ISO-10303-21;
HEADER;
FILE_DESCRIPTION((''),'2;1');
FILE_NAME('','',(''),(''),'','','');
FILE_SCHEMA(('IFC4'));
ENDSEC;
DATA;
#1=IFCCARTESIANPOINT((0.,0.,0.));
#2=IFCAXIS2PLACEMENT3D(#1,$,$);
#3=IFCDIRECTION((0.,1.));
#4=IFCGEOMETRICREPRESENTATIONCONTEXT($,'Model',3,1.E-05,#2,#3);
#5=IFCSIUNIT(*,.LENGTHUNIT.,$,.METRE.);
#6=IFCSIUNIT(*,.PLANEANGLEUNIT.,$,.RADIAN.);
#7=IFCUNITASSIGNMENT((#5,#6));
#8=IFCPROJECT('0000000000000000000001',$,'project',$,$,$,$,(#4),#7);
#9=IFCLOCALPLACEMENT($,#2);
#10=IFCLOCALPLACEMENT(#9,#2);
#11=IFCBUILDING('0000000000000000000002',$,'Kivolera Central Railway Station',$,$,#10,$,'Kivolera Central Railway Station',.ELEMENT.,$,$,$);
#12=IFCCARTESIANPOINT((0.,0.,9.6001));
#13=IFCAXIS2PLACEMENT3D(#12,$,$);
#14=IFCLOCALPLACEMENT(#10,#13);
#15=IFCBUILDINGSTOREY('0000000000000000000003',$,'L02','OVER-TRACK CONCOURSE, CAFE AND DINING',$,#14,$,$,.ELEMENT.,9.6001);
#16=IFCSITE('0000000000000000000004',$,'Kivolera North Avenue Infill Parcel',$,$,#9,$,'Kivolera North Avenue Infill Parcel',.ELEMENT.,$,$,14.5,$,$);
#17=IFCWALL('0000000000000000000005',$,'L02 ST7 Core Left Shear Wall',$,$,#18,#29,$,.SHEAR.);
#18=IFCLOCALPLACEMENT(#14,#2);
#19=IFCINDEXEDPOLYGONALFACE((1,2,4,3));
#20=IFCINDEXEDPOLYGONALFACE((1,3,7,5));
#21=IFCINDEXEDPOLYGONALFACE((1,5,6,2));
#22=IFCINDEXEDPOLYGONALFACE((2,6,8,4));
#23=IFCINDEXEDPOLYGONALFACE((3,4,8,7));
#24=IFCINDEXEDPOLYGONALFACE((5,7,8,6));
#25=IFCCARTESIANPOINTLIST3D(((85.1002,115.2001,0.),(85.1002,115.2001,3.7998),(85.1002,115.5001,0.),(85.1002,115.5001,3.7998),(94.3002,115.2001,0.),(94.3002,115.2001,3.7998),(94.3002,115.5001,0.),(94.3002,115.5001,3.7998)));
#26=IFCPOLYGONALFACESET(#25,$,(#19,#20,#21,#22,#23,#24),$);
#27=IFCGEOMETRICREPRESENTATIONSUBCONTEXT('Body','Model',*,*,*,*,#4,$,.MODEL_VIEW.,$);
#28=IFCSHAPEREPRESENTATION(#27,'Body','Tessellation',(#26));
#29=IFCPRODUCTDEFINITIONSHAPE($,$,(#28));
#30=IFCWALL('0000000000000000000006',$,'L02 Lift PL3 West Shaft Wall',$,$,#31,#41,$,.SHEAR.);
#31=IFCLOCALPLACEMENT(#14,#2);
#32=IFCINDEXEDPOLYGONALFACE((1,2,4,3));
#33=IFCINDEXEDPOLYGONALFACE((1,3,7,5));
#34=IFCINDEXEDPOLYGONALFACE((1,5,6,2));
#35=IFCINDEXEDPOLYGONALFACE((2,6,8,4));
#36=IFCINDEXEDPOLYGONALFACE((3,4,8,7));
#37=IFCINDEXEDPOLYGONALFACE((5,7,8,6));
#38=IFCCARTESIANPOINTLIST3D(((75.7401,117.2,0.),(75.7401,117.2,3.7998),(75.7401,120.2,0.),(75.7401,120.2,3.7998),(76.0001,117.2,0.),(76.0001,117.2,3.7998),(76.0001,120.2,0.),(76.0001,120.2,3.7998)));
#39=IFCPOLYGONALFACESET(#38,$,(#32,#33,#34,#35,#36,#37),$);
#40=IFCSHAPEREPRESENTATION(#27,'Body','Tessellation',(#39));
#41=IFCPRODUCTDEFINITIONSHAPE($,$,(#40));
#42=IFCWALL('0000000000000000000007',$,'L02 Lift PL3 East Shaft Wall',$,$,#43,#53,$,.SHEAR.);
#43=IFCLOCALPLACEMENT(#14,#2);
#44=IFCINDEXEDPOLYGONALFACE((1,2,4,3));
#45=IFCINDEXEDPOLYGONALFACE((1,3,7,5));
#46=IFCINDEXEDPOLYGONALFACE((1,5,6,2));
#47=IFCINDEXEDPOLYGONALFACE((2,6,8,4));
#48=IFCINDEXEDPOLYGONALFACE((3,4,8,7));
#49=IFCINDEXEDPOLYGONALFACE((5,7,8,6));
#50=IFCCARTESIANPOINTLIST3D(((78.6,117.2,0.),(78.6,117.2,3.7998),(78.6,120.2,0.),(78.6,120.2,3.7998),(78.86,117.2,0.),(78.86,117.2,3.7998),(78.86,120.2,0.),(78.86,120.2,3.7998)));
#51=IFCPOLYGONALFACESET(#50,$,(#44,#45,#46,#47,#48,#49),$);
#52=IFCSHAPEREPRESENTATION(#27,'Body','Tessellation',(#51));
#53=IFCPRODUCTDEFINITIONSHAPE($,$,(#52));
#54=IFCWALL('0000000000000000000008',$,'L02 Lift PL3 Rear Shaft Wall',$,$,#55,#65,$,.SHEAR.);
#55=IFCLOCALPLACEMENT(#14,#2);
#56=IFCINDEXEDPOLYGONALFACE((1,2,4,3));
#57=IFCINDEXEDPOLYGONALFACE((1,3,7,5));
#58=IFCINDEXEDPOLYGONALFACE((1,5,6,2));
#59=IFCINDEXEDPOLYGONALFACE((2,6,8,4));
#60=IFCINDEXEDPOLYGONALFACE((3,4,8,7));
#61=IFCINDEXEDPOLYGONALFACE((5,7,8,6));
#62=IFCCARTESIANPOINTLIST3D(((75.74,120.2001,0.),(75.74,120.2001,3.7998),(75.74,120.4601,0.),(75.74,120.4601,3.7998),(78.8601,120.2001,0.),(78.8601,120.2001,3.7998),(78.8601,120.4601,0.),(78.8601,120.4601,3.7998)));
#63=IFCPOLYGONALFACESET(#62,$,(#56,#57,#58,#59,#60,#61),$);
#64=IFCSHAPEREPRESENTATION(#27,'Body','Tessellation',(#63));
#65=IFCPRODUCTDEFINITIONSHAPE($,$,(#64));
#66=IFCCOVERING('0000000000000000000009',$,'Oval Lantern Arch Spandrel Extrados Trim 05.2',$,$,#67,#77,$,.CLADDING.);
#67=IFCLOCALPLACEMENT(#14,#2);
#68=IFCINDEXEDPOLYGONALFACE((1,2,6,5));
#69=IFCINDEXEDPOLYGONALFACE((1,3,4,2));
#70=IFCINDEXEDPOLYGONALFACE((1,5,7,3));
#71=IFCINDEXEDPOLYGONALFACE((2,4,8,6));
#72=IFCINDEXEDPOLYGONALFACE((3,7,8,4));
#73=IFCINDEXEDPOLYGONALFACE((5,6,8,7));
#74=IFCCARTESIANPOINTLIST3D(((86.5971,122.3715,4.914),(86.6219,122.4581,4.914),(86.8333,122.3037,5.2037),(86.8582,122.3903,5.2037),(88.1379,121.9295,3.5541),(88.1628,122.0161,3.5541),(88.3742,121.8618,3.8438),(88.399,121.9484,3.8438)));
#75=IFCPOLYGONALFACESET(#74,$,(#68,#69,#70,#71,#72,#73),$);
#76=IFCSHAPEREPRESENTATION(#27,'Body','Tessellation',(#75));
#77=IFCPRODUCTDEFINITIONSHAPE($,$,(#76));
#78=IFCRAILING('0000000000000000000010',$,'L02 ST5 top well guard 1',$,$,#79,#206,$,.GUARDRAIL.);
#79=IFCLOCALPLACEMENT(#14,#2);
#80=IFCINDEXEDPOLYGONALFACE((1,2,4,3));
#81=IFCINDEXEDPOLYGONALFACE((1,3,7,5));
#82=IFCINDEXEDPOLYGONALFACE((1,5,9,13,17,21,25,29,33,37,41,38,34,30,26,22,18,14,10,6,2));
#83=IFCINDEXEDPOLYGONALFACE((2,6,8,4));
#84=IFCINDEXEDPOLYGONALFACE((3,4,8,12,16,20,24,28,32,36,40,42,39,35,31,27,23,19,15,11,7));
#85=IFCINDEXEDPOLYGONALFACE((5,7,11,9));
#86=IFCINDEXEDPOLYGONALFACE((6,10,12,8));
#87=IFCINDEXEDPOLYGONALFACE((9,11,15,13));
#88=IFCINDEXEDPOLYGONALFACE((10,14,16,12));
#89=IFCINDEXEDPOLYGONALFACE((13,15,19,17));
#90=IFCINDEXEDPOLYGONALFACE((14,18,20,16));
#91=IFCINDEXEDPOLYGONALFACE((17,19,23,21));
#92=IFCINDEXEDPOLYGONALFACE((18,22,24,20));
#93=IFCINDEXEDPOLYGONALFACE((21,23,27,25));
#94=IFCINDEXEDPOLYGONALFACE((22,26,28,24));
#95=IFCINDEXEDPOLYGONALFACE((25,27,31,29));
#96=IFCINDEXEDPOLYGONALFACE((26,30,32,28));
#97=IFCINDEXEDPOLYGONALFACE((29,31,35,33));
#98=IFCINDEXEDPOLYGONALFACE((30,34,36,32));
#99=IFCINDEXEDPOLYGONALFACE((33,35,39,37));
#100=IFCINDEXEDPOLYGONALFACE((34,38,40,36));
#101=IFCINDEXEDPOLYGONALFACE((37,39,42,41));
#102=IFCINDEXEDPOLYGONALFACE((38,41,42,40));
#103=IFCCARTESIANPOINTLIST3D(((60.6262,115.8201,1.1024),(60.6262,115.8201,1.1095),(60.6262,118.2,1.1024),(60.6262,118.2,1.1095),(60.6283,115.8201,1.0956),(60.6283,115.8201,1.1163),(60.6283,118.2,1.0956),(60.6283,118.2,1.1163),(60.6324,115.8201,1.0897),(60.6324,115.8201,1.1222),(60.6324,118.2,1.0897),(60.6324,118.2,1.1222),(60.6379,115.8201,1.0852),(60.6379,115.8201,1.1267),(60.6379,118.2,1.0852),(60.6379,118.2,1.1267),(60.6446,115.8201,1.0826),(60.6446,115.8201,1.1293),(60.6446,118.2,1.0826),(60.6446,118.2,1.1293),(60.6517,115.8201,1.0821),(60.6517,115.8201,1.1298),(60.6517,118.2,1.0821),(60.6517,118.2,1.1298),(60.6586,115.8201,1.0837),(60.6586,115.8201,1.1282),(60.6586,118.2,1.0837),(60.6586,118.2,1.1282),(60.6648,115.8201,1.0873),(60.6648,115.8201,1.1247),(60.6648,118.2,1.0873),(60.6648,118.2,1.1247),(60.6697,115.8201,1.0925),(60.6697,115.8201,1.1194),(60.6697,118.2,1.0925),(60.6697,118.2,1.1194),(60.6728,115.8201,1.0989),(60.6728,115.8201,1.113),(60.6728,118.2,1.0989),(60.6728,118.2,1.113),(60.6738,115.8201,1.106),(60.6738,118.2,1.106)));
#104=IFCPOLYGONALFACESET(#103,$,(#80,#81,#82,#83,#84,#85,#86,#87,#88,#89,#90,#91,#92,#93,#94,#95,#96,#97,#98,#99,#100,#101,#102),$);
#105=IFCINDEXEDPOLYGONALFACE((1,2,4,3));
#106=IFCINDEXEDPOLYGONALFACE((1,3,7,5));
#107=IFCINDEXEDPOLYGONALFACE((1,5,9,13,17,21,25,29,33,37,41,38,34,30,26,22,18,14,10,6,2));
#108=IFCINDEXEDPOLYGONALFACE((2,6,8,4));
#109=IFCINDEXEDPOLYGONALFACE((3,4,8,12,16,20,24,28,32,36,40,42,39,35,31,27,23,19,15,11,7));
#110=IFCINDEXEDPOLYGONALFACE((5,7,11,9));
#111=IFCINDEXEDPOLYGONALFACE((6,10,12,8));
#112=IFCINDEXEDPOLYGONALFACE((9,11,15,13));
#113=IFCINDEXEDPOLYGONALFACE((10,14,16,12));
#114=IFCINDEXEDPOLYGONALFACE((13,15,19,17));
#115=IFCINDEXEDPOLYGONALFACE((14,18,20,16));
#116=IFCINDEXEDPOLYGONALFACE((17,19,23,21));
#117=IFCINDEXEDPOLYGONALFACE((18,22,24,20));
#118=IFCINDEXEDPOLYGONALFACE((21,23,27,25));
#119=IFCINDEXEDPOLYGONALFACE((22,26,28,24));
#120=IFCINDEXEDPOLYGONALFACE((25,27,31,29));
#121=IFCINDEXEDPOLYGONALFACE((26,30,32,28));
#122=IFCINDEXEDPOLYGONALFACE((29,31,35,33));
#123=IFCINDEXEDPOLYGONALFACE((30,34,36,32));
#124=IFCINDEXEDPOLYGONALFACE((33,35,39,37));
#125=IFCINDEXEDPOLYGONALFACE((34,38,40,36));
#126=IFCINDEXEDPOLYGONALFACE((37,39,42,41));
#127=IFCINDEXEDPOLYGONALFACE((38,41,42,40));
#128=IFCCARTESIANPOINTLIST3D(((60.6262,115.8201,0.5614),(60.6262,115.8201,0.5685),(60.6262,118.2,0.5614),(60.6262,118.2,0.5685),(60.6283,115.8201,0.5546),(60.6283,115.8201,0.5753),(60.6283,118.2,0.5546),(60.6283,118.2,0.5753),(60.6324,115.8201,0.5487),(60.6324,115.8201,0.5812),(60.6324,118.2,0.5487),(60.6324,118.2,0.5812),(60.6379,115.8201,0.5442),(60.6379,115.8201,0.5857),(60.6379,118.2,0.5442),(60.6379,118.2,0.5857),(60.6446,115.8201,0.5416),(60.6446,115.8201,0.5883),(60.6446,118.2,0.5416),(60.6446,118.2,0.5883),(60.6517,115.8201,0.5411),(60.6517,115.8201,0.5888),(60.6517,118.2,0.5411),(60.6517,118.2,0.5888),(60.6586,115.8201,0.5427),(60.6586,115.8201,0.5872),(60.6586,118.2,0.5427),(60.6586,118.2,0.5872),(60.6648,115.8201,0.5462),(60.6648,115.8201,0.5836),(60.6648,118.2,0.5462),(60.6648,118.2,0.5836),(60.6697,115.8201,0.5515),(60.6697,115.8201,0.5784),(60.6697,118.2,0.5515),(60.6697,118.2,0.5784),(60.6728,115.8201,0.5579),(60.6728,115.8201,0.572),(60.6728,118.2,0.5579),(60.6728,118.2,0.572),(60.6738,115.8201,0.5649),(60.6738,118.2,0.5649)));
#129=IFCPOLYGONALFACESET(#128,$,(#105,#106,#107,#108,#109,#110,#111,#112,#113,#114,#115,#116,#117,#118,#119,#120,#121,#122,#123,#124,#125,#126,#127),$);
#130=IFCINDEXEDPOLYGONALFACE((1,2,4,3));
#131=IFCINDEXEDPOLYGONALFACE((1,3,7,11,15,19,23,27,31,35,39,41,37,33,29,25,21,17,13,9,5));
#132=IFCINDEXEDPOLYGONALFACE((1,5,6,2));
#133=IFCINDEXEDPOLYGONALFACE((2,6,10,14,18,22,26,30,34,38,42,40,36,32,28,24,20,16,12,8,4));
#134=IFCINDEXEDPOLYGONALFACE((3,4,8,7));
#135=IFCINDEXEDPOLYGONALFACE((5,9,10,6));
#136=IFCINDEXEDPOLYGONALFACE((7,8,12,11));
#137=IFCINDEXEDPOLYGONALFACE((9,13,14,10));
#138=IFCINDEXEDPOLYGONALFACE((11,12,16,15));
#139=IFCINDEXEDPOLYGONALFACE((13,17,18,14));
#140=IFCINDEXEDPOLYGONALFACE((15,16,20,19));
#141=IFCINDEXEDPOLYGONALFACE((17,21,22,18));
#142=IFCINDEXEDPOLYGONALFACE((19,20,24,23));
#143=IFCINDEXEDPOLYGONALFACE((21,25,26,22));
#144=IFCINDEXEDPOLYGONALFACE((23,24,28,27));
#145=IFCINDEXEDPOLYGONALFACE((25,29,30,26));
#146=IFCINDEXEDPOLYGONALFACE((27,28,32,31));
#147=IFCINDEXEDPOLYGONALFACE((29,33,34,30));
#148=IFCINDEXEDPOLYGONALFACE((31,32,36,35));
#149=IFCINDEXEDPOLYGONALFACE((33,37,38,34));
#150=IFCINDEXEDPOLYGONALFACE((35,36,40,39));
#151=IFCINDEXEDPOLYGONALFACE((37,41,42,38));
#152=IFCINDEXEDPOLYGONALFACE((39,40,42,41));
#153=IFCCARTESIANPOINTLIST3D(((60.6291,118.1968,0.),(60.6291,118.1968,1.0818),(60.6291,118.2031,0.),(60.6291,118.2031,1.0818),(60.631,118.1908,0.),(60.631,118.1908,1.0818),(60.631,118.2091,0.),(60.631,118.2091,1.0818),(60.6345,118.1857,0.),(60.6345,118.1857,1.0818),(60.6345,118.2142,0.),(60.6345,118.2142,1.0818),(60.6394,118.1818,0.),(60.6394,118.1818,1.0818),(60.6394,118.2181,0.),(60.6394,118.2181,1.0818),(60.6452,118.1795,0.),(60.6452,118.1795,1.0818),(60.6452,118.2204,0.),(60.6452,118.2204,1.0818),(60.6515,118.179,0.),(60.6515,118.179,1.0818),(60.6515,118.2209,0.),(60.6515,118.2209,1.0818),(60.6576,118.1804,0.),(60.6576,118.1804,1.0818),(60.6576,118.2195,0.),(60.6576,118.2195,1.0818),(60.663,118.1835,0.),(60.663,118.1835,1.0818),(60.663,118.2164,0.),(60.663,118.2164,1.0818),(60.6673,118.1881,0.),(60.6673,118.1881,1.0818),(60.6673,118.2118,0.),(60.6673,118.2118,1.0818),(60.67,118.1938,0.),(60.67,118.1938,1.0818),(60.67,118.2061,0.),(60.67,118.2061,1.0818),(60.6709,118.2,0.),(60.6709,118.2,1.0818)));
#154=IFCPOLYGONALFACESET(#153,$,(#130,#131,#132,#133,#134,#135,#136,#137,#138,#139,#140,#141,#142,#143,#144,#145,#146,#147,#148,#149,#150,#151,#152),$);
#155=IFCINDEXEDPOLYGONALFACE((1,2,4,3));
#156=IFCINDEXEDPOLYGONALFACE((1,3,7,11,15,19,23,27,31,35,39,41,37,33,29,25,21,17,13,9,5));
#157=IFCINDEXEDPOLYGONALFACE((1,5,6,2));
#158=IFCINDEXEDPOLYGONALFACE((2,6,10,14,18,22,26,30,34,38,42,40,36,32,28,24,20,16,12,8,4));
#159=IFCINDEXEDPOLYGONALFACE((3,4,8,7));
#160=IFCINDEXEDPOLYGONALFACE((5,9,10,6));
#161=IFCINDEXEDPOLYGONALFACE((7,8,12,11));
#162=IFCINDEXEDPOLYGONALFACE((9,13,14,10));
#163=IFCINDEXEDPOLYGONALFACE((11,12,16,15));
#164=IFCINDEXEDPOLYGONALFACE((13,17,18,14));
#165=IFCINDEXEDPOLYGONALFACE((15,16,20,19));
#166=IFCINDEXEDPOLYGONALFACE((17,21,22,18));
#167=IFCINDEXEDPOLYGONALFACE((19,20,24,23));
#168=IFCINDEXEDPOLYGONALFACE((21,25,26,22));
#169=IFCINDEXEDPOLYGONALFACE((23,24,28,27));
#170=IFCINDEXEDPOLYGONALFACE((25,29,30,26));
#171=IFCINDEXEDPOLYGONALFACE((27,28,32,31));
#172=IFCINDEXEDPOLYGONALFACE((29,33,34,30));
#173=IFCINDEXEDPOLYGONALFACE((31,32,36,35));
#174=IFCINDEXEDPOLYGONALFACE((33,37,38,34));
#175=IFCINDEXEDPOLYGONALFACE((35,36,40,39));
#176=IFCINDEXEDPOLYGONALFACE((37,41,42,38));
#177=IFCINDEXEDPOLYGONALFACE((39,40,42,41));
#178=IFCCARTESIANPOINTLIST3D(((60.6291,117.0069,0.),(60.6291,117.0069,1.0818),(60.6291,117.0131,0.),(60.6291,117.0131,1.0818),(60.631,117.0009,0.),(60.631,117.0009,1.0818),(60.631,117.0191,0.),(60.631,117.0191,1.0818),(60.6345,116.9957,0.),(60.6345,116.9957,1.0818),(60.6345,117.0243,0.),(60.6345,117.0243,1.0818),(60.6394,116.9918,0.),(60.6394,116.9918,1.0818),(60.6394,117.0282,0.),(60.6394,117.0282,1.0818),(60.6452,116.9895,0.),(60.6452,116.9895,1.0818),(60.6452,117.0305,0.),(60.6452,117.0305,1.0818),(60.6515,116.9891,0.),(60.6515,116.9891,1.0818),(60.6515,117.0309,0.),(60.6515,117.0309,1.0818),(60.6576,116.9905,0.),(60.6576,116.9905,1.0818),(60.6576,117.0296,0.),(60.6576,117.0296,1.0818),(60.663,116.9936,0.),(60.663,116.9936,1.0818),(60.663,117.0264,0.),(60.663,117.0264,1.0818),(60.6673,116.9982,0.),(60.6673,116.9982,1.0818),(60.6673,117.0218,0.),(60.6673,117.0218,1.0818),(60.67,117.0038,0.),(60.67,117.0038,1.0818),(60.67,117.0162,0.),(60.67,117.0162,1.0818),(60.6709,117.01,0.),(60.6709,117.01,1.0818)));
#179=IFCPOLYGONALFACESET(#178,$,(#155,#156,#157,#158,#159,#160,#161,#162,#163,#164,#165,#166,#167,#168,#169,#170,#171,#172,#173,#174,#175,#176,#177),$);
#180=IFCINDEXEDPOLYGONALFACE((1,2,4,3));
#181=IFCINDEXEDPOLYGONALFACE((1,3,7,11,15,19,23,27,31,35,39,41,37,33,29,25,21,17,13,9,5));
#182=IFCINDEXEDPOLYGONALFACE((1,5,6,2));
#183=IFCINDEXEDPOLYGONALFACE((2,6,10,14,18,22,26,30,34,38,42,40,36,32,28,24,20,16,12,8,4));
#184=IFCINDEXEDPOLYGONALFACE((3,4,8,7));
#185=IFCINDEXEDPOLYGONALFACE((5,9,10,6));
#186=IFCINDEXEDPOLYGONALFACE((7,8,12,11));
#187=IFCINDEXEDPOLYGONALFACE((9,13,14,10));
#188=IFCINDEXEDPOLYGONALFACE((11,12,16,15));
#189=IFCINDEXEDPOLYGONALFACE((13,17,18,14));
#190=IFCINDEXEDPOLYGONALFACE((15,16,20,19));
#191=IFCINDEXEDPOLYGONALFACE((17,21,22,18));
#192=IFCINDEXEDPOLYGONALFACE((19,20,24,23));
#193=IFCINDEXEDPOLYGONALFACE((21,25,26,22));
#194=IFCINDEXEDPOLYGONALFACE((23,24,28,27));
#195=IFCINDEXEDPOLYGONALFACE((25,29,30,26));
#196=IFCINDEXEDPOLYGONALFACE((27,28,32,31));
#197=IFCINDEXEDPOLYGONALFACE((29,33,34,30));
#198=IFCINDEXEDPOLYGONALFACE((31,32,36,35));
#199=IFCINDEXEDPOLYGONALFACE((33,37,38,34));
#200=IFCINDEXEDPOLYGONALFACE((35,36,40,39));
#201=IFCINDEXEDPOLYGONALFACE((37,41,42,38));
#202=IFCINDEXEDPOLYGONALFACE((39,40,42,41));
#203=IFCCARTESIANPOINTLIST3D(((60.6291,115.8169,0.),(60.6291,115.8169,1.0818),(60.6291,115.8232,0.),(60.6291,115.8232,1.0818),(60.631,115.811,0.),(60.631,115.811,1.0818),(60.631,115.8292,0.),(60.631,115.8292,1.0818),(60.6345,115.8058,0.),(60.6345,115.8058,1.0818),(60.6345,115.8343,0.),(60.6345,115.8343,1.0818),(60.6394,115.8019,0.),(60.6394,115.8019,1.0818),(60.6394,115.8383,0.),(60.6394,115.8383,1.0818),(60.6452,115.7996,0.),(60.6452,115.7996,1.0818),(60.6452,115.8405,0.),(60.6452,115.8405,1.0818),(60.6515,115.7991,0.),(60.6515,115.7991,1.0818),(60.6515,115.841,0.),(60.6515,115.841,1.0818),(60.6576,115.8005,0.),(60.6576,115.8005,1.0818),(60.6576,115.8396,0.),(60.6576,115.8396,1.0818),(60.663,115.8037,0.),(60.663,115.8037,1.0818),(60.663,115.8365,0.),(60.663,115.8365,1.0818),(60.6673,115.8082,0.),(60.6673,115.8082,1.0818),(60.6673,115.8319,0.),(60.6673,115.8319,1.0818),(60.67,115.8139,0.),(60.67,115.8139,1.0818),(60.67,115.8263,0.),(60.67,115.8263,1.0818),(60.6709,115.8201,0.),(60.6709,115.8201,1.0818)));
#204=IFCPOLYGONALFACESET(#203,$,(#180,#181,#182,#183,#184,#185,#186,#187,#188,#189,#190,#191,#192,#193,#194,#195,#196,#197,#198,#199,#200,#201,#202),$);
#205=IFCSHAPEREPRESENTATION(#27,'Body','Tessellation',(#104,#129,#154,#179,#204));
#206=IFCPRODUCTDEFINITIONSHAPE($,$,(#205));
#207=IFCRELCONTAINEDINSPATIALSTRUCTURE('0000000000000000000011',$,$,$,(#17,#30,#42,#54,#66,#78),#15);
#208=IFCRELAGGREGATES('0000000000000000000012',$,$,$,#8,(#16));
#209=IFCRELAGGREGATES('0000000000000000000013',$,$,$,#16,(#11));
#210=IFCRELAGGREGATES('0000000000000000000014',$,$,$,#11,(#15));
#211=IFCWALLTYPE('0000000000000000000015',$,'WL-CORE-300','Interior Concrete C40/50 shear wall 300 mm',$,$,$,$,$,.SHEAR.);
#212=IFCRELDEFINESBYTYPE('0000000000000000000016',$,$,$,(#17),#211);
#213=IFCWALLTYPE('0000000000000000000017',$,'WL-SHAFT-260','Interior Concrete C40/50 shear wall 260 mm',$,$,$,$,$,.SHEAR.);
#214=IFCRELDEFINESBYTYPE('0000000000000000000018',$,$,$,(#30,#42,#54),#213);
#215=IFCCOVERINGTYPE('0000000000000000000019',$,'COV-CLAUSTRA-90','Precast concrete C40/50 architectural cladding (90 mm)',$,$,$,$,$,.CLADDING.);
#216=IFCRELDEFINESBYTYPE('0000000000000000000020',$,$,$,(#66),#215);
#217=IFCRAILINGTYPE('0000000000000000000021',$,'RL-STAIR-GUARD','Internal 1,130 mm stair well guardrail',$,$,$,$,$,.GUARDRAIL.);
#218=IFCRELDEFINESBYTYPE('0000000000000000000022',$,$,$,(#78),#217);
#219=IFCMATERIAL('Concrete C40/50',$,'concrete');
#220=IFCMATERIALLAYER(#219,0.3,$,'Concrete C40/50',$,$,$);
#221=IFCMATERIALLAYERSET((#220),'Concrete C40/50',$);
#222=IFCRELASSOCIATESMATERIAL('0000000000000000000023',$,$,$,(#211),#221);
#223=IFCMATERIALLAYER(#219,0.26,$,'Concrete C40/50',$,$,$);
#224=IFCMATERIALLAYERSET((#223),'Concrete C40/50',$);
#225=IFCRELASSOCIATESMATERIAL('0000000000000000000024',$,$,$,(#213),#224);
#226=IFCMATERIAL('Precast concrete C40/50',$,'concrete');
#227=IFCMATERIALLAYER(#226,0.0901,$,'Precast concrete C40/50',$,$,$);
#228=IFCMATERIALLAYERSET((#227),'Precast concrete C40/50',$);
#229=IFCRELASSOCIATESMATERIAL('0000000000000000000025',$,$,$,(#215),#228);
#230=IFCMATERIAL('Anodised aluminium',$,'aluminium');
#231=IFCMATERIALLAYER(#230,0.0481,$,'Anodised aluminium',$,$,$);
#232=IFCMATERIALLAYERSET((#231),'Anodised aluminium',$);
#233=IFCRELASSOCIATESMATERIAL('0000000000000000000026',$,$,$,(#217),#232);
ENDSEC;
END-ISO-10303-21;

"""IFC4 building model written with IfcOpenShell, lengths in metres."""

from ifc_helpers import new_model, si_unit, direction, frame, frame_2d, origin, origin_2d, place, context, subcontext, project, spatial, rectangle, circle, extrude, material, layer, layer_set, type_object, element, save


model = new_model("IFC4")

# Units and contexts
model_context = context("Model", 3, precision=1e-05, world=origin(), true_north=direction((0.0, 1.0)))
body_context = subcontext(model_context, "Body", "Model", "MODEL_VIEW")
ifc_project = project(units=[si_unit("LENGTHUNIT", "METRE"), si_unit("PLANEANGLEUNIT", "RADIAN")], contexts=[model_context])

# Site, building, storey
site_placement = place(None, origin())
site = spatial("IfcSite", under=ifc_project, at=site_placement, Name="Kivolera North Avenue Infill Parcel", LongName="Kivolera North Avenue Infill Parcel", CompositionType="ELEMENT", RefElevation=14.5)
building_placement = place(site_placement, origin())
building = spatial("IfcBuilding", under=site, at=building_placement, Name="Kivolera Central Railway Station", LongName="Kivolera Central Railway Station", CompositionType="ELEMENT")
storey_placement = place(building_placement, frame((0.0, 0.0, 9.6001)))
storey = spatial("IfcBuildingStorey", under=building, at=storey_placement, Name="L02", Description="OVER-TRACK CONCOURSE, CAFE AND DINING", CompositionType="ELEMENT", Elevation=9.6001)

# Shared definitions
ifc_material_1 = material(Name="Anodised aluminium", Category="aluminium")

# Shared definitions
ifc_material_2 = material(Name="Concrete C40/50", Category="concrete")
ifc_layer_1 = layer(ifc_material_2, 0.3, Name="Concrete C40/50")
ifc_layer_set_1 = layer_set([ifc_layer_1], Name="Concrete C40/50")
wall_type_1 = type_object("IfcWallType", Name="WL-CORE-300", Description="Interior Concrete C40/50 shear wall 300 mm", PredefinedType="SHEAR", material=ifc_layer_set_1)

# Wall
wall_1_placement = place(storey_placement, frame((85.1001, 115.3501, 0.0), z_axis=(0.0, 0.0, 1.0), x_axis=(1.0, 0.0, 0.0)))
element("IfcWall", 1, at=wall_1_placement, inside=storey, type_object=wall_type_1, Name="L02 ST7 Core Left Shear Wall", PredefinedType="SHEAR", context=body_context, shape_type="SweptSolid", body=[
    extrude(rectangle(XDim=9.2, YDim=0.3, at=frame_2d((4.6001, 0.0))), origin(), (0.0, 0.0, 1.0), 3.7998),
])

# Shared definitions
ifc_layer_2 = layer(ifc_material_2, 0.26, Name="Concrete C40/50")
ifc_layer_set_2 = layer_set([ifc_layer_2], Name="Concrete C40/50")
wall_type_2 = type_object("IfcWallType", Name="WL-SHAFT-260", Description="Interior Concrete C40/50 shear wall 260 mm", PredefinedType="SHEAR", material=ifc_layer_set_2)

# Walls
for number, where, z_axis, x_axis, name in (
    (2, (75.8701, 117.2, 0.0), (0.0, 0.0, 1.0), (0.0, 1.0, 0.0), "L02 Lift PL3 West Shaft Wall"),
    (3, (78.73, 117.2, 0.0), (0.0, 0.0, 1.0), (0.0, 1.0, 0.0), "L02 Lift PL3 East Shaft Wall"),
):
    element("IfcWall", number, at=place(storey_placement, frame(where, z_axis=z_axis, x_axis=x_axis)), inside=storey, type_object=wall_type_2, Name=name, PredefinedType="SHEAR", context=body_context, shape_type="SweptSolid", body=[
        extrude(rectangle(XDim=3.0, YDim=0.26, at=frame_2d((1.5, 0.0))), origin(), (0.0, 0.0, 1.0), 3.7998),
    ])
wall_2_placement = place(storey_placement, frame((75.74, 120.3301, 0.0), z_axis=(0.0, 0.0, 1.0), x_axis=(1.0, 0.0, 0.0)))
element("IfcWall", 4, at=wall_2_placement, inside=storey, type_object=wall_type_2, Name="L02 Lift PL3 Rear Shaft Wall", PredefinedType="SHEAR", context=body_context, shape_type="SweptSolid", body=[
    extrude(rectangle(XDim=3.1201, YDim=0.26, at=frame_2d((1.5601, 0.0))), origin(), (0.0, 0.0, 1.0), 3.7998),
])

# Covering
ifc_material_3 = material(Name="Precast concrete C40/50", Category="concrete")
ifc_layer_3 = layer(ifc_material_3, 0.0901, Name="Precast concrete C40/50")
ifc_layer_set_3 = layer_set([ifc_layer_3], Name="Precast concrete C40/50")
covering_type = type_object("IfcCoveringType", Name="COV-CLAUSTRA-90", Description="Precast concrete C40/50 architectural cladding (90 mm)", PredefinedType="CLADDING", material=ifc_layer_set_3)
covering_placement = place(storey_placement, frame((87.498, 122.1599, 4.3789), z_axis=(-0.733008, 0.210246, 0.646912), x_axis=(0.275632, 0.961263, 0.0)))
element("IfcCovering", 5, at=covering_placement, inside=storey, type_object=covering_type, Name="Oval Lantern Arch Spandrel Extrados Trim 05.2", PredefinedType="CLADDING", context=body_context, shape_type="SweptSolid", body=[
    extrude(rectangle(XDim=0.0901, YDim=0.3799, at=origin_2d()), frame((0.0, 0.0, -1.051)), (0.0, 0.0, 1.0), 2.1021),
])

# Railing
ifc_layer_4 = layer(ifc_material_1, 0.0481, Name="Anodised aluminium")
ifc_layer_set_4 = layer_set([ifc_layer_4], Name="Anodised aluminium")
railing_type = type_object("IfcRailingType", Name="RL-STAIR-GUARD", Description="Internal 1,130 mm stair well guardrail", PredefinedType="GUARDRAIL", material=ifc_layer_set_4)
railing_placement = place(storey_placement, frame((60.6499, 118.2, 0.0)))
element("IfcRailing", 6, at=railing_placement, inside=storey, type_object=railing_type, Name="L02 ST5 top well guard 1", PredefinedType="GUARDRAIL", context=body_context, shape_type="SweptSolid", body=[
    extrude(circle(Radius=0.0239, at=origin_2d()), frame((0.0, 0.0, 1.106), z_axis=(0.0, -1.0, 0.0), x_axis=(1.0, 0.0, 0.0)), (0.0, 0.0, 1.0), 2.3799),
    extrude(circle(Radius=0.0239, at=origin_2d()), frame((0.0, 0.0, 0.5649), z_axis=(0.0, -1.0, 0.0), x_axis=(1.0, 0.0, 0.0)), (0.0, 0.0, 1.0), 2.3799),
    extrude(circle(Radius=0.021, at=origin_2d()), origin(), (0.0, 0.0, 1.0), 1.0818),
    extrude(circle(Radius=0.021, at=origin_2d()), frame((0.0, -1.1899, 0.0)), (0.0, 0.0, 1.0), 1.0818),
    extrude(circle(Radius=0.021, at=origin_2d()), frame((0.0, -2.3799, 0.0)), (0.0, 0.0, 1.0), 1.0818),
])

save(model, "model.ifc")
